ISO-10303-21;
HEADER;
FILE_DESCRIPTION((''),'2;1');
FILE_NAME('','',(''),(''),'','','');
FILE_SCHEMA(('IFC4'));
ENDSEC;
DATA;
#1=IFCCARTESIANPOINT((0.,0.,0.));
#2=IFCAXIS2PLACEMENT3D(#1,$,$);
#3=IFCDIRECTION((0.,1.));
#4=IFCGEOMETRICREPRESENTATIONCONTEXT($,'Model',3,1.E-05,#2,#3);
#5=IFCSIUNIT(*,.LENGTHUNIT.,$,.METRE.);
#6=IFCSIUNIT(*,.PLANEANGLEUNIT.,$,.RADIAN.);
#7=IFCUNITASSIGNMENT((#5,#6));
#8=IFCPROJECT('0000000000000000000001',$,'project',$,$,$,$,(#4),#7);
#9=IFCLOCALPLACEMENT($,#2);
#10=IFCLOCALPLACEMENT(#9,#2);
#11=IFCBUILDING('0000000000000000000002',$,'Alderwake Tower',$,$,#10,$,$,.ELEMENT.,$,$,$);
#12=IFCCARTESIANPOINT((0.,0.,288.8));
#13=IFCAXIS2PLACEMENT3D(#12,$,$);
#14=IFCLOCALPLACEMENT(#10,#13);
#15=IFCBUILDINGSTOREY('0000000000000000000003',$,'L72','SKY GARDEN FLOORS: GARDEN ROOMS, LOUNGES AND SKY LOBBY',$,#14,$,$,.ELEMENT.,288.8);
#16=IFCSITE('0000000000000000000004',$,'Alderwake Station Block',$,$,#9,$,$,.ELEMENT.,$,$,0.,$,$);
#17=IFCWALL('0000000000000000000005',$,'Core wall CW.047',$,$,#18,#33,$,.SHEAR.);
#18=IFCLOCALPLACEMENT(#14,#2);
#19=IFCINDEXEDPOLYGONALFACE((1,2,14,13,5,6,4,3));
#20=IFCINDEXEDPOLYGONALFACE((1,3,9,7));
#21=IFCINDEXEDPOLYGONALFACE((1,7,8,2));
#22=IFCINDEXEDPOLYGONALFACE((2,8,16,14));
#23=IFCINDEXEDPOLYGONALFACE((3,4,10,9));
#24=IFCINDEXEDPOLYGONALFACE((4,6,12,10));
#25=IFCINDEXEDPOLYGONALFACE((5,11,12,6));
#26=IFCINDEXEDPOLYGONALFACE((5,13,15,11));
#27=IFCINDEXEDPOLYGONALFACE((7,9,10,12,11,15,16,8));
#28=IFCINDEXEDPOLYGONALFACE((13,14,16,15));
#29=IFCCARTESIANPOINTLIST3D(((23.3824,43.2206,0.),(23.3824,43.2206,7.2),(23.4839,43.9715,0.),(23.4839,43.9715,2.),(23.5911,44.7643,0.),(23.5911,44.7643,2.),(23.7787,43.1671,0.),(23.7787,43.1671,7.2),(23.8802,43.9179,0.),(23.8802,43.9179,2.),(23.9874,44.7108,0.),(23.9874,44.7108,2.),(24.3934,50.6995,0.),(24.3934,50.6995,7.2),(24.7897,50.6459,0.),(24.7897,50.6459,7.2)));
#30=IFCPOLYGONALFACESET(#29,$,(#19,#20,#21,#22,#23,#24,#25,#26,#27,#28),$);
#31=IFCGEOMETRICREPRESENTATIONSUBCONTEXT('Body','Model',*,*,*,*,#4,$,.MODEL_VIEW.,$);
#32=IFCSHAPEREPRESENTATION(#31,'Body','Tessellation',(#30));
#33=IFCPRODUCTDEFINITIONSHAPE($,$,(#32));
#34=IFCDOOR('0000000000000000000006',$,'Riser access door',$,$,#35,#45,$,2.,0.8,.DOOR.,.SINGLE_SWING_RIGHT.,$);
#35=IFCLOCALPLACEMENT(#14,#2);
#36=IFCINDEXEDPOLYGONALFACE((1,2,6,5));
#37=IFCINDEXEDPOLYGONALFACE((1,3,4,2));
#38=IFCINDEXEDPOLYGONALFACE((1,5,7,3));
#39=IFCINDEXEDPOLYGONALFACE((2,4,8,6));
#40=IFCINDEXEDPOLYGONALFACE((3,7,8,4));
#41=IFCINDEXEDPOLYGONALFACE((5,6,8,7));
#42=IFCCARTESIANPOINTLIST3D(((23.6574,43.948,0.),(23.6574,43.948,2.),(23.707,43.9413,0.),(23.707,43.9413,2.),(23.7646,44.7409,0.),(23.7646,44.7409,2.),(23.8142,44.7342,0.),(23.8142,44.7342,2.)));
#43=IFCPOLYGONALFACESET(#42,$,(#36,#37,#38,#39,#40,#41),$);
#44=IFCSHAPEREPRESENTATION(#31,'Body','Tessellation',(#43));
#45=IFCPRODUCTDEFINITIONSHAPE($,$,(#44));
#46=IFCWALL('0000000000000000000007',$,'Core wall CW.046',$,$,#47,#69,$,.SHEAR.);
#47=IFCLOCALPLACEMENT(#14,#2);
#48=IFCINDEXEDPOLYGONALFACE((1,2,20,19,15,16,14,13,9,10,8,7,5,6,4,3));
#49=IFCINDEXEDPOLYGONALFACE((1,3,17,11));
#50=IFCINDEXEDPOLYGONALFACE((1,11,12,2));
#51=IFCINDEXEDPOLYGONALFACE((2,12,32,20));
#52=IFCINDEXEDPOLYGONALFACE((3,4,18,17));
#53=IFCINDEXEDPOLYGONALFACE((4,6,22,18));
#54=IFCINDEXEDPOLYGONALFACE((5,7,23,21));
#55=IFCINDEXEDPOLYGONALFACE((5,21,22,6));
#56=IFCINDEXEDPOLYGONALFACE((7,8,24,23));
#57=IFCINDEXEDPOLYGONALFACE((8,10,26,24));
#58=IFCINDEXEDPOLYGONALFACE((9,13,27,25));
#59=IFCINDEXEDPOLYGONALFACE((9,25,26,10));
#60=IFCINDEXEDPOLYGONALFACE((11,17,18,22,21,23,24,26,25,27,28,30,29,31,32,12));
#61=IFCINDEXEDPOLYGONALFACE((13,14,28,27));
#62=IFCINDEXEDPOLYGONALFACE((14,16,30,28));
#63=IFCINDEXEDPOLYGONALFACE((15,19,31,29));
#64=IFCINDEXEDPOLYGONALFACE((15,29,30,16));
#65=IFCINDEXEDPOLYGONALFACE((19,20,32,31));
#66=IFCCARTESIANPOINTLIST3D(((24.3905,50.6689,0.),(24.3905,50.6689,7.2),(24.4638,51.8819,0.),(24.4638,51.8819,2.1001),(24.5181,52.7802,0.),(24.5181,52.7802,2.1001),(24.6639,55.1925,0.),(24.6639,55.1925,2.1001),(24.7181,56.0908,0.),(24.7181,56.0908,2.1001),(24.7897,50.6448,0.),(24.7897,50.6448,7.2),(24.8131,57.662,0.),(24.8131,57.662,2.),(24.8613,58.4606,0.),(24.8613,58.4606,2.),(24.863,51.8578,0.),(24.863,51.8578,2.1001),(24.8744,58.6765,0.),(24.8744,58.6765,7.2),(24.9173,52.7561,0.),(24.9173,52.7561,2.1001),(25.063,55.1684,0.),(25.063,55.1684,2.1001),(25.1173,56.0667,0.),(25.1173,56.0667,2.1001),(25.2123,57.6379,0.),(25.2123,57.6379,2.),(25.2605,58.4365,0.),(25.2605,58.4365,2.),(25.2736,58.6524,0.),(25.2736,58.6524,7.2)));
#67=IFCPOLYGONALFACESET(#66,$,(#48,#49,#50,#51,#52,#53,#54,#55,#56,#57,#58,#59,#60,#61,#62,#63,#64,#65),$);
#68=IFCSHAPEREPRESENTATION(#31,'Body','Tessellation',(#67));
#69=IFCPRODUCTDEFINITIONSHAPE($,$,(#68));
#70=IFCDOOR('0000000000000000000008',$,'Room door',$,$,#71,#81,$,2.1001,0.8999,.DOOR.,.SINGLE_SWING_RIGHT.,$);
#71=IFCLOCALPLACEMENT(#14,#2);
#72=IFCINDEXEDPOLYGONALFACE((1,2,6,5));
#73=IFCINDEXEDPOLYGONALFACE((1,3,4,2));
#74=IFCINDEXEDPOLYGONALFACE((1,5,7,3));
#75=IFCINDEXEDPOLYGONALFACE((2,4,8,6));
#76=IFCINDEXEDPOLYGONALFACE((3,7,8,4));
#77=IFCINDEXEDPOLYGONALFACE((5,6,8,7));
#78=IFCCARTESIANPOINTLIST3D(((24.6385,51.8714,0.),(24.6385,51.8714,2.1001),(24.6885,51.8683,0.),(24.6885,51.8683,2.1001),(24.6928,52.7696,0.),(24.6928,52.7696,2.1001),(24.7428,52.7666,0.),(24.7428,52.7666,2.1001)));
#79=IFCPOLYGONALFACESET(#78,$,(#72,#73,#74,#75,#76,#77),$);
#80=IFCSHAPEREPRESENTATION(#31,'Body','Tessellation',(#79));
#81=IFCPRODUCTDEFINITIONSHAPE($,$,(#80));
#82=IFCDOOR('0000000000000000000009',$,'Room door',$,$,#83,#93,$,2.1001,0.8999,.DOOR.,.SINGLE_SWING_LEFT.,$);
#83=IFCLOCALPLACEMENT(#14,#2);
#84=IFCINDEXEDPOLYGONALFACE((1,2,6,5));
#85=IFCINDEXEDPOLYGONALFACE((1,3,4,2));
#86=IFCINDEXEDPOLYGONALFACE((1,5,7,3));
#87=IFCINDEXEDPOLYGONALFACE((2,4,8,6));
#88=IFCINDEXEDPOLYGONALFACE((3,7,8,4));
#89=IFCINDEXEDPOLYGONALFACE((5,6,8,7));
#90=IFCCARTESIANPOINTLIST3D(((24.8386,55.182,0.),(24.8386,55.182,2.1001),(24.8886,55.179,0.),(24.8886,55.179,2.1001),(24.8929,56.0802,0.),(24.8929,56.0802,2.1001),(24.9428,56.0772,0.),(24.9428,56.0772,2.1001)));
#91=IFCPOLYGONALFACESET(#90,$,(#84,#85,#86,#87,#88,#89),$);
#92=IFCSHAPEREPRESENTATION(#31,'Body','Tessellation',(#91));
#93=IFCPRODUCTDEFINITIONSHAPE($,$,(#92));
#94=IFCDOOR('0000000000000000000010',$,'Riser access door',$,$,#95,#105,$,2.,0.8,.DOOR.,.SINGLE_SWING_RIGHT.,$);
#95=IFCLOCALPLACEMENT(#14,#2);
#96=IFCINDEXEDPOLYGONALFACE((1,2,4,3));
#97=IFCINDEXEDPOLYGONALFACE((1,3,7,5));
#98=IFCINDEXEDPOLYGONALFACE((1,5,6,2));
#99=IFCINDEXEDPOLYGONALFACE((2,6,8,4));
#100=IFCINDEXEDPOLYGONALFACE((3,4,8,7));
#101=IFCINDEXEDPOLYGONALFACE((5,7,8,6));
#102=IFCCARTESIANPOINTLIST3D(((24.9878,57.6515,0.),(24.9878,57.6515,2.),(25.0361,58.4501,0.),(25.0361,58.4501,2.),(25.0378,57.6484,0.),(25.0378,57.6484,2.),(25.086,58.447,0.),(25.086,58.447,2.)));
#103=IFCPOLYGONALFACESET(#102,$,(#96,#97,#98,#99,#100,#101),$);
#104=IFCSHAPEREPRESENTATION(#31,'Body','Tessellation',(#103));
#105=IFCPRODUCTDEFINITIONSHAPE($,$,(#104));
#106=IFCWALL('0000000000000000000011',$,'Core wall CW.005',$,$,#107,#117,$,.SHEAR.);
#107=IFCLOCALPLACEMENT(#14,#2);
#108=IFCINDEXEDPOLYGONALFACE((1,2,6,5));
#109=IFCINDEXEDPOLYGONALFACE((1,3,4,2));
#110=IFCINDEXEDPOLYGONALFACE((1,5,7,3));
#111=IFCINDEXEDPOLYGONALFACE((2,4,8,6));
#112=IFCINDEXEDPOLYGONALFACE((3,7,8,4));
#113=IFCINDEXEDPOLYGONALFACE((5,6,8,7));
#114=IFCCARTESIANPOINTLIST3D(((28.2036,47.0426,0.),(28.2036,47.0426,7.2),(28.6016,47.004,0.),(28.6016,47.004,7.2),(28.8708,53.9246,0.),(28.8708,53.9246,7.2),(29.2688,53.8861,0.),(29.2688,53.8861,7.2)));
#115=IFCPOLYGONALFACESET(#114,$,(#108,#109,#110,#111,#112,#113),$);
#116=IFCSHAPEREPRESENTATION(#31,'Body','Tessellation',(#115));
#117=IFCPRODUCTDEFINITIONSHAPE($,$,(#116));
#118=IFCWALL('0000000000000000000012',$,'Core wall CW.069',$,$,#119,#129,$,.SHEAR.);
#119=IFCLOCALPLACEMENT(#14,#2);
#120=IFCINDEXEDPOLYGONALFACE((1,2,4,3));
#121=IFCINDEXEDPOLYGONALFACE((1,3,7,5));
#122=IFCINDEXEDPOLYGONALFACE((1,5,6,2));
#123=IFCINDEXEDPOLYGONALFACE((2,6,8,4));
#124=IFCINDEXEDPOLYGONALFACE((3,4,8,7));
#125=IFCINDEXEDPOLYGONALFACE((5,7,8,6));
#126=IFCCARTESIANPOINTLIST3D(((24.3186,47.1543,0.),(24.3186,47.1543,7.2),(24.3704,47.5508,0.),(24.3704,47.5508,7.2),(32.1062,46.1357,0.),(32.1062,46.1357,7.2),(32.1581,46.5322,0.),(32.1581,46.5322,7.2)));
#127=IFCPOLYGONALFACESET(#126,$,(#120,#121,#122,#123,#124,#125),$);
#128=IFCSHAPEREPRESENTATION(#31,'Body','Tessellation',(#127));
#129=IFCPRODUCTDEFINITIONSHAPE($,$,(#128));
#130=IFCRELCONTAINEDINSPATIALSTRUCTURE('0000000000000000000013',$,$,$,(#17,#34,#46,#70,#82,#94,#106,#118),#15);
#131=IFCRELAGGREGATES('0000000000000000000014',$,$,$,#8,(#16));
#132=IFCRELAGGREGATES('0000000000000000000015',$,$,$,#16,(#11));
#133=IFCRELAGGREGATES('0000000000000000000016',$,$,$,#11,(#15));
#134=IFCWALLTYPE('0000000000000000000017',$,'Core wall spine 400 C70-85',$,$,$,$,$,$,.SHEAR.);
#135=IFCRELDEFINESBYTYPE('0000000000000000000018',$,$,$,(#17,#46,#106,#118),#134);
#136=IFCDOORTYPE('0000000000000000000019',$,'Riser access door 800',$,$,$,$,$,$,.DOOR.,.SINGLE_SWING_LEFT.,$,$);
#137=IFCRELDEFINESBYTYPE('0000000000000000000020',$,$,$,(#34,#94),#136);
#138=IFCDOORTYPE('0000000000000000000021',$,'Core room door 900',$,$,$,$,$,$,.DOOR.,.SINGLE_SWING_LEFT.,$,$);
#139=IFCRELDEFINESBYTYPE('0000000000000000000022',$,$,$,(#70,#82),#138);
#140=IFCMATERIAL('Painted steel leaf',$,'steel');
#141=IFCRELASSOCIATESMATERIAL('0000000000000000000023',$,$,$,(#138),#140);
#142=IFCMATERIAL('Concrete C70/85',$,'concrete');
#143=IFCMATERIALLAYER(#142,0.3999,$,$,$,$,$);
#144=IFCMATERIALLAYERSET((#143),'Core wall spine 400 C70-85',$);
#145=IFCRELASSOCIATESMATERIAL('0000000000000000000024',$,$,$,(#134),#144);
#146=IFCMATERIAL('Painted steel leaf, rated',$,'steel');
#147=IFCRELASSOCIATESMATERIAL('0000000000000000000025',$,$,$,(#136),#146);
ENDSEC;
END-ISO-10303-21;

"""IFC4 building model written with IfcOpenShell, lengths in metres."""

from ifc_helpers import new_model, si_unit, direction, frame, frame_2d, origin, place, context, subcontext, project, spatial, rectangle, extrude, material, layer, layer_set, type_object, element, fill, save


model = new_model("IFC4")

# Units and contexts
model_context = context("Model", 3, precision=1e-05, world=origin(), true_north=direction((0.0, 1.0)))
body_context = subcontext(model_context, "Body", "Model", "MODEL_VIEW")
ifc_project = project(units=[si_unit("LENGTHUNIT", "METRE"), si_unit("PLANEANGLEUNIT", "RADIAN")], contexts=[model_context])

# Site, building, storey
site_placement = place(None, origin())
site = spatial("IfcSite", under=ifc_project, at=site_placement, Name="Alderwake Station Block", CompositionType="ELEMENT", RefElevation=0.0)
building_placement = place(site_placement, origin())
building = spatial("IfcBuilding", under=site, at=building_placement, Name="Alderwake Tower", CompositionType="ELEMENT")
storey_placement = place(building_placement, frame((0.0, 0.0, 288.8)))
storey = spatial("IfcBuildingStorey", under=building, at=storey_placement, Name="L72", Description="SKY GARDEN FLOORS: GARDEN ROOMS, LOUNGES AND SKY LOBBY", CompositionType="ELEMENT", Elevation=288.8)

# Shared definitions
ifc_material_1 = material(Name="Painted steel leaf", Category="steel")
door_type_1 = type_object("IfcDoorType", Name="Core room door 900", OperationType="SINGLE_SWING_LEFT", PredefinedType="DOOR", material=ifc_material_1)

# Wall, opening, door
ifc_material_2 = material(Name="Concrete C70/85", Category="concrete")
ifc_layer_1 = layer(ifc_material_2, 0.3999)
ifc_layer_set_1 = layer_set([ifc_layer_1], Name="Core wall spine 400 C70-85")
wall_type_1 = type_object("IfcWallType", Name="Core wall spine 400 C70-85", PredefinedType="SHEAR", material=ifc_layer_set_1)
wall_1_placement = place(storey_placement, frame((23.5806, 43.1938, 0.0), z_axis=(0.0, 0.0, 1.0), x_axis=(0.133963, 0.990986, 0.0)))
wall_1 = element("IfcWall", 1, at=wall_1_placement, inside=storey, type_object=wall_type_1, Name="Core wall CW.047", PredefinedType="SHEAR", context=body_context, shape_type="SweptSolid", body=[
    extrude(rectangle(XDim=7.5469, YDim=0.3999, at=frame_2d((3.7734, 0.0))), origin(), (0.0, 0.0, 1.0), 7.2),
])
opening_1_placement = place(wall_1_placement, frame((0.7578, 0.0, 0.0)))
opening_1 = element("IfcOpeningElement", 2, at=opening_1_placement, cuts=wall_1, PredefinedType="OPENING", context=body_context, shape_type="SweptSolid", body=[
    extrude(rectangle(XDim=0.8, YDim=2.0, at=frame_2d((0.3999, 1.0))), frame((0.0, 0.21, 0.0), z_axis=(0.0, -1.0, 0.0), x_axis=(1.0, 0.0, 0.0)), (0.0, 0.0, 1.0), 0.4199),
])
ifc_material_3 = material(Name="Painted steel leaf, rated", Category="steel")
door_type_2 = type_object("IfcDoorType", Name="Riser access door 800", OperationType="SINGLE_SWING_LEFT", PredefinedType="DOOR", material=ifc_material_3)
door_1_placement = place(opening_1_placement, origin())
door_1 = element("IfcDoor", 3, at=door_1_placement, inside=storey, type_object=door_type_2, Name="Riser access door", OperationType="SINGLE_SWING_RIGHT", OverallHeight=2.0, OverallWidth=0.8, PredefinedType="DOOR", context=body_context, shape_type="SweptSolid", body=[
    extrude(rectangle(XDim=0.8, YDim=2.0, at=frame_2d((0.3999, 1.0))), frame((0.0, 0.0249, 0.0), z_axis=(0.0, -1.0, 0.0), x_axis=(1.0, 0.0, 0.0)), (0.0, 0.0, 1.0), 0.05),
])
fill(opening_1, door_1)

# Wall, openings, doors
wall_2_placement = place(storey_placement, frame((24.5901, 50.6567, 0.0), z_axis=(0.0, 0.0, 1.0), x_axis=(0.060319, 0.998179, 0.0)))
wall_2 = element("IfcWall", 4, at=wall_2_placement, inside=storey, type_object=wall_type_1, Name="Core wall CW.046", PredefinedType="SHEAR", context=body_context, shape_type="SweptSolid", body=[
    extrude(rectangle(XDim=8.0222, YDim=0.3999, at=frame_2d((4.0112, 0.0))), origin(), (0.0, 0.0, 1.0), 7.2),
])
opening_2_placement = place(wall_2_placement, frame((7.0061, 0.0, 0.0)))
opening_2 = element("IfcOpeningElement", 5, at=opening_2_placement, cuts=wall_2, PredefinedType="OPENING", context=body_context, shape_type="SweptSolid", body=[
    extrude(rectangle(XDim=0.8, YDim=2.0, at=frame_2d((0.3999, 1.0))), frame((0.0, 0.21, 0.0), z_axis=(0.0, -1.0, 0.0), x_axis=(1.0, 0.0, 0.0)), (0.0, 0.0, 1.0), 0.4199),
])
opening_3_placement = place(wall_2_placement, frame((1.2153, 0.0, 0.0)))
opening_3 = element("IfcOpeningElement", 6, at=opening_3_placement, cuts=wall_2, PredefinedType="OPENING", context=body_context, shape_type="SweptSolid", body=[
    extrude(rectangle(XDim=0.8999, YDim=2.1001, at=frame_2d((0.45, 1.05))), frame((0.0, 0.21, 0.0), z_axis=(0.0, -1.0, 0.0), x_axis=(1.0, 0.0, 0.0)), (0.0, 0.0, 1.0), 0.4199),
])
opening_4_placement = place(wall_2_placement, frame((4.532, 0.0, 0.0)))
opening_4 = element("IfcOpeningElement", 7, at=opening_4_placement, cuts=wall_2, PredefinedType="OPENING", context=body_context, shape_type="SweptSolid", body=[
    extrude(rectangle(XDim=0.8999, YDim=2.1001, at=frame_2d((0.45, 1.05))), frame((0.0, 0.21, 0.0), z_axis=(0.0, -1.0, 0.0), x_axis=(1.0, 0.0, 0.0)), (0.0, 0.0, 1.0), 0.4199),
])
door_2_placement = place(opening_3_placement, origin())
door_2 = element("IfcDoor", 8, at=door_2_placement, inside=storey, type_object=door_type_1, Name="Room door", OperationType="SINGLE_SWING_RIGHT", OverallHeight=2.1001, OverallWidth=0.8999, PredefinedType="DOOR", context=body_context, shape_type="SweptSolid", body=[
    extrude(rectangle(XDim=0.8999, YDim=2.1001, at=frame_2d((0.45, 1.05))), frame((0.0, 0.0249, 0.0), z_axis=(0.0, -1.0, 0.0), x_axis=(1.0, 0.0, 0.0)), (0.0, 0.0, 1.0), 0.05),
])
fill(opening_3, door_2)
door_3_placement = place(opening_4_placement, origin())
door_3 = element("IfcDoor", 9, at=door_3_placement, inside=storey, type_object=door_type_1, Name="Room door", OperationType="SINGLE_SWING_LEFT", OverallHeight=2.1001, OverallWidth=0.8999, PredefinedType="DOOR", context=body_context, shape_type="SweptSolid", body=[
    extrude(rectangle(XDim=0.8999, YDim=2.1001, at=frame_2d((0.45, 1.05))), frame((0.0, 0.0249, 0.0), z_axis=(0.0, -1.0, 0.0), x_axis=(1.0, 0.0, 0.0)), (0.0, 0.0, 1.0), 0.05),
])
fill(opening_4, door_3)
door_4_placement = place(opening_2_placement, origin())
door_4 = element("IfcDoor", 10, at=door_4_placement, inside=storey, type_object=door_type_2, Name="Riser access door", OperationType="SINGLE_SWING_RIGHT", OverallHeight=2.0, OverallWidth=0.8, PredefinedType="DOOR", context=body_context, shape_type="SweptSolid", body=[
    extrude(rectangle(XDim=0.8, YDim=2.0, at=frame_2d((0.3999, 1.0))), frame((0.0, 0.0249, 0.0), z_axis=(0.0, -1.0, 0.0), x_axis=(1.0, 0.0, 0.0)), (0.0, 0.0, 1.0), 0.05),
])
fill(opening_2, door_4)

# Walls
wall_3_placement = place(storey_placement, frame((28.4026, 47.0234, 0.0), z_axis=(0.0, 0.0, 1.0), x_axis=(0.0965, 0.995333, 0.0)))
element("IfcWall", 11, at=wall_3_placement, inside=storey, type_object=wall_type_1, Name="Core wall CW.005", PredefinedType="SHEAR", context=body_context, shape_type="SweptSolid", body=[
    extrude(rectangle(XDim=6.9143, YDim=0.3999, at=frame_2d((3.457, 0.0))), origin(), (0.0, 0.0, 1.0), 7.2),
])
wall_4_placement = place(storey_placement, frame((24.3445, 47.3525, 0.0), z_axis=(0.0, 0.0, 1.0), x_axis=(0.991555, -0.129687, 0.0)))
element("IfcWall", 12, at=wall_4_placement, inside=storey, type_object=wall_type_1, Name="Core wall CW.069", PredefinedType="SHEAR", context=body_context, shape_type="SweptSolid", body=[
    extrude(rectangle(XDim=7.854, YDim=0.3999, at=frame_2d((3.927, 0.0))), origin(), (0.0, 0.0, 1.0), 7.2),
])

save(model, "model.ifc")
